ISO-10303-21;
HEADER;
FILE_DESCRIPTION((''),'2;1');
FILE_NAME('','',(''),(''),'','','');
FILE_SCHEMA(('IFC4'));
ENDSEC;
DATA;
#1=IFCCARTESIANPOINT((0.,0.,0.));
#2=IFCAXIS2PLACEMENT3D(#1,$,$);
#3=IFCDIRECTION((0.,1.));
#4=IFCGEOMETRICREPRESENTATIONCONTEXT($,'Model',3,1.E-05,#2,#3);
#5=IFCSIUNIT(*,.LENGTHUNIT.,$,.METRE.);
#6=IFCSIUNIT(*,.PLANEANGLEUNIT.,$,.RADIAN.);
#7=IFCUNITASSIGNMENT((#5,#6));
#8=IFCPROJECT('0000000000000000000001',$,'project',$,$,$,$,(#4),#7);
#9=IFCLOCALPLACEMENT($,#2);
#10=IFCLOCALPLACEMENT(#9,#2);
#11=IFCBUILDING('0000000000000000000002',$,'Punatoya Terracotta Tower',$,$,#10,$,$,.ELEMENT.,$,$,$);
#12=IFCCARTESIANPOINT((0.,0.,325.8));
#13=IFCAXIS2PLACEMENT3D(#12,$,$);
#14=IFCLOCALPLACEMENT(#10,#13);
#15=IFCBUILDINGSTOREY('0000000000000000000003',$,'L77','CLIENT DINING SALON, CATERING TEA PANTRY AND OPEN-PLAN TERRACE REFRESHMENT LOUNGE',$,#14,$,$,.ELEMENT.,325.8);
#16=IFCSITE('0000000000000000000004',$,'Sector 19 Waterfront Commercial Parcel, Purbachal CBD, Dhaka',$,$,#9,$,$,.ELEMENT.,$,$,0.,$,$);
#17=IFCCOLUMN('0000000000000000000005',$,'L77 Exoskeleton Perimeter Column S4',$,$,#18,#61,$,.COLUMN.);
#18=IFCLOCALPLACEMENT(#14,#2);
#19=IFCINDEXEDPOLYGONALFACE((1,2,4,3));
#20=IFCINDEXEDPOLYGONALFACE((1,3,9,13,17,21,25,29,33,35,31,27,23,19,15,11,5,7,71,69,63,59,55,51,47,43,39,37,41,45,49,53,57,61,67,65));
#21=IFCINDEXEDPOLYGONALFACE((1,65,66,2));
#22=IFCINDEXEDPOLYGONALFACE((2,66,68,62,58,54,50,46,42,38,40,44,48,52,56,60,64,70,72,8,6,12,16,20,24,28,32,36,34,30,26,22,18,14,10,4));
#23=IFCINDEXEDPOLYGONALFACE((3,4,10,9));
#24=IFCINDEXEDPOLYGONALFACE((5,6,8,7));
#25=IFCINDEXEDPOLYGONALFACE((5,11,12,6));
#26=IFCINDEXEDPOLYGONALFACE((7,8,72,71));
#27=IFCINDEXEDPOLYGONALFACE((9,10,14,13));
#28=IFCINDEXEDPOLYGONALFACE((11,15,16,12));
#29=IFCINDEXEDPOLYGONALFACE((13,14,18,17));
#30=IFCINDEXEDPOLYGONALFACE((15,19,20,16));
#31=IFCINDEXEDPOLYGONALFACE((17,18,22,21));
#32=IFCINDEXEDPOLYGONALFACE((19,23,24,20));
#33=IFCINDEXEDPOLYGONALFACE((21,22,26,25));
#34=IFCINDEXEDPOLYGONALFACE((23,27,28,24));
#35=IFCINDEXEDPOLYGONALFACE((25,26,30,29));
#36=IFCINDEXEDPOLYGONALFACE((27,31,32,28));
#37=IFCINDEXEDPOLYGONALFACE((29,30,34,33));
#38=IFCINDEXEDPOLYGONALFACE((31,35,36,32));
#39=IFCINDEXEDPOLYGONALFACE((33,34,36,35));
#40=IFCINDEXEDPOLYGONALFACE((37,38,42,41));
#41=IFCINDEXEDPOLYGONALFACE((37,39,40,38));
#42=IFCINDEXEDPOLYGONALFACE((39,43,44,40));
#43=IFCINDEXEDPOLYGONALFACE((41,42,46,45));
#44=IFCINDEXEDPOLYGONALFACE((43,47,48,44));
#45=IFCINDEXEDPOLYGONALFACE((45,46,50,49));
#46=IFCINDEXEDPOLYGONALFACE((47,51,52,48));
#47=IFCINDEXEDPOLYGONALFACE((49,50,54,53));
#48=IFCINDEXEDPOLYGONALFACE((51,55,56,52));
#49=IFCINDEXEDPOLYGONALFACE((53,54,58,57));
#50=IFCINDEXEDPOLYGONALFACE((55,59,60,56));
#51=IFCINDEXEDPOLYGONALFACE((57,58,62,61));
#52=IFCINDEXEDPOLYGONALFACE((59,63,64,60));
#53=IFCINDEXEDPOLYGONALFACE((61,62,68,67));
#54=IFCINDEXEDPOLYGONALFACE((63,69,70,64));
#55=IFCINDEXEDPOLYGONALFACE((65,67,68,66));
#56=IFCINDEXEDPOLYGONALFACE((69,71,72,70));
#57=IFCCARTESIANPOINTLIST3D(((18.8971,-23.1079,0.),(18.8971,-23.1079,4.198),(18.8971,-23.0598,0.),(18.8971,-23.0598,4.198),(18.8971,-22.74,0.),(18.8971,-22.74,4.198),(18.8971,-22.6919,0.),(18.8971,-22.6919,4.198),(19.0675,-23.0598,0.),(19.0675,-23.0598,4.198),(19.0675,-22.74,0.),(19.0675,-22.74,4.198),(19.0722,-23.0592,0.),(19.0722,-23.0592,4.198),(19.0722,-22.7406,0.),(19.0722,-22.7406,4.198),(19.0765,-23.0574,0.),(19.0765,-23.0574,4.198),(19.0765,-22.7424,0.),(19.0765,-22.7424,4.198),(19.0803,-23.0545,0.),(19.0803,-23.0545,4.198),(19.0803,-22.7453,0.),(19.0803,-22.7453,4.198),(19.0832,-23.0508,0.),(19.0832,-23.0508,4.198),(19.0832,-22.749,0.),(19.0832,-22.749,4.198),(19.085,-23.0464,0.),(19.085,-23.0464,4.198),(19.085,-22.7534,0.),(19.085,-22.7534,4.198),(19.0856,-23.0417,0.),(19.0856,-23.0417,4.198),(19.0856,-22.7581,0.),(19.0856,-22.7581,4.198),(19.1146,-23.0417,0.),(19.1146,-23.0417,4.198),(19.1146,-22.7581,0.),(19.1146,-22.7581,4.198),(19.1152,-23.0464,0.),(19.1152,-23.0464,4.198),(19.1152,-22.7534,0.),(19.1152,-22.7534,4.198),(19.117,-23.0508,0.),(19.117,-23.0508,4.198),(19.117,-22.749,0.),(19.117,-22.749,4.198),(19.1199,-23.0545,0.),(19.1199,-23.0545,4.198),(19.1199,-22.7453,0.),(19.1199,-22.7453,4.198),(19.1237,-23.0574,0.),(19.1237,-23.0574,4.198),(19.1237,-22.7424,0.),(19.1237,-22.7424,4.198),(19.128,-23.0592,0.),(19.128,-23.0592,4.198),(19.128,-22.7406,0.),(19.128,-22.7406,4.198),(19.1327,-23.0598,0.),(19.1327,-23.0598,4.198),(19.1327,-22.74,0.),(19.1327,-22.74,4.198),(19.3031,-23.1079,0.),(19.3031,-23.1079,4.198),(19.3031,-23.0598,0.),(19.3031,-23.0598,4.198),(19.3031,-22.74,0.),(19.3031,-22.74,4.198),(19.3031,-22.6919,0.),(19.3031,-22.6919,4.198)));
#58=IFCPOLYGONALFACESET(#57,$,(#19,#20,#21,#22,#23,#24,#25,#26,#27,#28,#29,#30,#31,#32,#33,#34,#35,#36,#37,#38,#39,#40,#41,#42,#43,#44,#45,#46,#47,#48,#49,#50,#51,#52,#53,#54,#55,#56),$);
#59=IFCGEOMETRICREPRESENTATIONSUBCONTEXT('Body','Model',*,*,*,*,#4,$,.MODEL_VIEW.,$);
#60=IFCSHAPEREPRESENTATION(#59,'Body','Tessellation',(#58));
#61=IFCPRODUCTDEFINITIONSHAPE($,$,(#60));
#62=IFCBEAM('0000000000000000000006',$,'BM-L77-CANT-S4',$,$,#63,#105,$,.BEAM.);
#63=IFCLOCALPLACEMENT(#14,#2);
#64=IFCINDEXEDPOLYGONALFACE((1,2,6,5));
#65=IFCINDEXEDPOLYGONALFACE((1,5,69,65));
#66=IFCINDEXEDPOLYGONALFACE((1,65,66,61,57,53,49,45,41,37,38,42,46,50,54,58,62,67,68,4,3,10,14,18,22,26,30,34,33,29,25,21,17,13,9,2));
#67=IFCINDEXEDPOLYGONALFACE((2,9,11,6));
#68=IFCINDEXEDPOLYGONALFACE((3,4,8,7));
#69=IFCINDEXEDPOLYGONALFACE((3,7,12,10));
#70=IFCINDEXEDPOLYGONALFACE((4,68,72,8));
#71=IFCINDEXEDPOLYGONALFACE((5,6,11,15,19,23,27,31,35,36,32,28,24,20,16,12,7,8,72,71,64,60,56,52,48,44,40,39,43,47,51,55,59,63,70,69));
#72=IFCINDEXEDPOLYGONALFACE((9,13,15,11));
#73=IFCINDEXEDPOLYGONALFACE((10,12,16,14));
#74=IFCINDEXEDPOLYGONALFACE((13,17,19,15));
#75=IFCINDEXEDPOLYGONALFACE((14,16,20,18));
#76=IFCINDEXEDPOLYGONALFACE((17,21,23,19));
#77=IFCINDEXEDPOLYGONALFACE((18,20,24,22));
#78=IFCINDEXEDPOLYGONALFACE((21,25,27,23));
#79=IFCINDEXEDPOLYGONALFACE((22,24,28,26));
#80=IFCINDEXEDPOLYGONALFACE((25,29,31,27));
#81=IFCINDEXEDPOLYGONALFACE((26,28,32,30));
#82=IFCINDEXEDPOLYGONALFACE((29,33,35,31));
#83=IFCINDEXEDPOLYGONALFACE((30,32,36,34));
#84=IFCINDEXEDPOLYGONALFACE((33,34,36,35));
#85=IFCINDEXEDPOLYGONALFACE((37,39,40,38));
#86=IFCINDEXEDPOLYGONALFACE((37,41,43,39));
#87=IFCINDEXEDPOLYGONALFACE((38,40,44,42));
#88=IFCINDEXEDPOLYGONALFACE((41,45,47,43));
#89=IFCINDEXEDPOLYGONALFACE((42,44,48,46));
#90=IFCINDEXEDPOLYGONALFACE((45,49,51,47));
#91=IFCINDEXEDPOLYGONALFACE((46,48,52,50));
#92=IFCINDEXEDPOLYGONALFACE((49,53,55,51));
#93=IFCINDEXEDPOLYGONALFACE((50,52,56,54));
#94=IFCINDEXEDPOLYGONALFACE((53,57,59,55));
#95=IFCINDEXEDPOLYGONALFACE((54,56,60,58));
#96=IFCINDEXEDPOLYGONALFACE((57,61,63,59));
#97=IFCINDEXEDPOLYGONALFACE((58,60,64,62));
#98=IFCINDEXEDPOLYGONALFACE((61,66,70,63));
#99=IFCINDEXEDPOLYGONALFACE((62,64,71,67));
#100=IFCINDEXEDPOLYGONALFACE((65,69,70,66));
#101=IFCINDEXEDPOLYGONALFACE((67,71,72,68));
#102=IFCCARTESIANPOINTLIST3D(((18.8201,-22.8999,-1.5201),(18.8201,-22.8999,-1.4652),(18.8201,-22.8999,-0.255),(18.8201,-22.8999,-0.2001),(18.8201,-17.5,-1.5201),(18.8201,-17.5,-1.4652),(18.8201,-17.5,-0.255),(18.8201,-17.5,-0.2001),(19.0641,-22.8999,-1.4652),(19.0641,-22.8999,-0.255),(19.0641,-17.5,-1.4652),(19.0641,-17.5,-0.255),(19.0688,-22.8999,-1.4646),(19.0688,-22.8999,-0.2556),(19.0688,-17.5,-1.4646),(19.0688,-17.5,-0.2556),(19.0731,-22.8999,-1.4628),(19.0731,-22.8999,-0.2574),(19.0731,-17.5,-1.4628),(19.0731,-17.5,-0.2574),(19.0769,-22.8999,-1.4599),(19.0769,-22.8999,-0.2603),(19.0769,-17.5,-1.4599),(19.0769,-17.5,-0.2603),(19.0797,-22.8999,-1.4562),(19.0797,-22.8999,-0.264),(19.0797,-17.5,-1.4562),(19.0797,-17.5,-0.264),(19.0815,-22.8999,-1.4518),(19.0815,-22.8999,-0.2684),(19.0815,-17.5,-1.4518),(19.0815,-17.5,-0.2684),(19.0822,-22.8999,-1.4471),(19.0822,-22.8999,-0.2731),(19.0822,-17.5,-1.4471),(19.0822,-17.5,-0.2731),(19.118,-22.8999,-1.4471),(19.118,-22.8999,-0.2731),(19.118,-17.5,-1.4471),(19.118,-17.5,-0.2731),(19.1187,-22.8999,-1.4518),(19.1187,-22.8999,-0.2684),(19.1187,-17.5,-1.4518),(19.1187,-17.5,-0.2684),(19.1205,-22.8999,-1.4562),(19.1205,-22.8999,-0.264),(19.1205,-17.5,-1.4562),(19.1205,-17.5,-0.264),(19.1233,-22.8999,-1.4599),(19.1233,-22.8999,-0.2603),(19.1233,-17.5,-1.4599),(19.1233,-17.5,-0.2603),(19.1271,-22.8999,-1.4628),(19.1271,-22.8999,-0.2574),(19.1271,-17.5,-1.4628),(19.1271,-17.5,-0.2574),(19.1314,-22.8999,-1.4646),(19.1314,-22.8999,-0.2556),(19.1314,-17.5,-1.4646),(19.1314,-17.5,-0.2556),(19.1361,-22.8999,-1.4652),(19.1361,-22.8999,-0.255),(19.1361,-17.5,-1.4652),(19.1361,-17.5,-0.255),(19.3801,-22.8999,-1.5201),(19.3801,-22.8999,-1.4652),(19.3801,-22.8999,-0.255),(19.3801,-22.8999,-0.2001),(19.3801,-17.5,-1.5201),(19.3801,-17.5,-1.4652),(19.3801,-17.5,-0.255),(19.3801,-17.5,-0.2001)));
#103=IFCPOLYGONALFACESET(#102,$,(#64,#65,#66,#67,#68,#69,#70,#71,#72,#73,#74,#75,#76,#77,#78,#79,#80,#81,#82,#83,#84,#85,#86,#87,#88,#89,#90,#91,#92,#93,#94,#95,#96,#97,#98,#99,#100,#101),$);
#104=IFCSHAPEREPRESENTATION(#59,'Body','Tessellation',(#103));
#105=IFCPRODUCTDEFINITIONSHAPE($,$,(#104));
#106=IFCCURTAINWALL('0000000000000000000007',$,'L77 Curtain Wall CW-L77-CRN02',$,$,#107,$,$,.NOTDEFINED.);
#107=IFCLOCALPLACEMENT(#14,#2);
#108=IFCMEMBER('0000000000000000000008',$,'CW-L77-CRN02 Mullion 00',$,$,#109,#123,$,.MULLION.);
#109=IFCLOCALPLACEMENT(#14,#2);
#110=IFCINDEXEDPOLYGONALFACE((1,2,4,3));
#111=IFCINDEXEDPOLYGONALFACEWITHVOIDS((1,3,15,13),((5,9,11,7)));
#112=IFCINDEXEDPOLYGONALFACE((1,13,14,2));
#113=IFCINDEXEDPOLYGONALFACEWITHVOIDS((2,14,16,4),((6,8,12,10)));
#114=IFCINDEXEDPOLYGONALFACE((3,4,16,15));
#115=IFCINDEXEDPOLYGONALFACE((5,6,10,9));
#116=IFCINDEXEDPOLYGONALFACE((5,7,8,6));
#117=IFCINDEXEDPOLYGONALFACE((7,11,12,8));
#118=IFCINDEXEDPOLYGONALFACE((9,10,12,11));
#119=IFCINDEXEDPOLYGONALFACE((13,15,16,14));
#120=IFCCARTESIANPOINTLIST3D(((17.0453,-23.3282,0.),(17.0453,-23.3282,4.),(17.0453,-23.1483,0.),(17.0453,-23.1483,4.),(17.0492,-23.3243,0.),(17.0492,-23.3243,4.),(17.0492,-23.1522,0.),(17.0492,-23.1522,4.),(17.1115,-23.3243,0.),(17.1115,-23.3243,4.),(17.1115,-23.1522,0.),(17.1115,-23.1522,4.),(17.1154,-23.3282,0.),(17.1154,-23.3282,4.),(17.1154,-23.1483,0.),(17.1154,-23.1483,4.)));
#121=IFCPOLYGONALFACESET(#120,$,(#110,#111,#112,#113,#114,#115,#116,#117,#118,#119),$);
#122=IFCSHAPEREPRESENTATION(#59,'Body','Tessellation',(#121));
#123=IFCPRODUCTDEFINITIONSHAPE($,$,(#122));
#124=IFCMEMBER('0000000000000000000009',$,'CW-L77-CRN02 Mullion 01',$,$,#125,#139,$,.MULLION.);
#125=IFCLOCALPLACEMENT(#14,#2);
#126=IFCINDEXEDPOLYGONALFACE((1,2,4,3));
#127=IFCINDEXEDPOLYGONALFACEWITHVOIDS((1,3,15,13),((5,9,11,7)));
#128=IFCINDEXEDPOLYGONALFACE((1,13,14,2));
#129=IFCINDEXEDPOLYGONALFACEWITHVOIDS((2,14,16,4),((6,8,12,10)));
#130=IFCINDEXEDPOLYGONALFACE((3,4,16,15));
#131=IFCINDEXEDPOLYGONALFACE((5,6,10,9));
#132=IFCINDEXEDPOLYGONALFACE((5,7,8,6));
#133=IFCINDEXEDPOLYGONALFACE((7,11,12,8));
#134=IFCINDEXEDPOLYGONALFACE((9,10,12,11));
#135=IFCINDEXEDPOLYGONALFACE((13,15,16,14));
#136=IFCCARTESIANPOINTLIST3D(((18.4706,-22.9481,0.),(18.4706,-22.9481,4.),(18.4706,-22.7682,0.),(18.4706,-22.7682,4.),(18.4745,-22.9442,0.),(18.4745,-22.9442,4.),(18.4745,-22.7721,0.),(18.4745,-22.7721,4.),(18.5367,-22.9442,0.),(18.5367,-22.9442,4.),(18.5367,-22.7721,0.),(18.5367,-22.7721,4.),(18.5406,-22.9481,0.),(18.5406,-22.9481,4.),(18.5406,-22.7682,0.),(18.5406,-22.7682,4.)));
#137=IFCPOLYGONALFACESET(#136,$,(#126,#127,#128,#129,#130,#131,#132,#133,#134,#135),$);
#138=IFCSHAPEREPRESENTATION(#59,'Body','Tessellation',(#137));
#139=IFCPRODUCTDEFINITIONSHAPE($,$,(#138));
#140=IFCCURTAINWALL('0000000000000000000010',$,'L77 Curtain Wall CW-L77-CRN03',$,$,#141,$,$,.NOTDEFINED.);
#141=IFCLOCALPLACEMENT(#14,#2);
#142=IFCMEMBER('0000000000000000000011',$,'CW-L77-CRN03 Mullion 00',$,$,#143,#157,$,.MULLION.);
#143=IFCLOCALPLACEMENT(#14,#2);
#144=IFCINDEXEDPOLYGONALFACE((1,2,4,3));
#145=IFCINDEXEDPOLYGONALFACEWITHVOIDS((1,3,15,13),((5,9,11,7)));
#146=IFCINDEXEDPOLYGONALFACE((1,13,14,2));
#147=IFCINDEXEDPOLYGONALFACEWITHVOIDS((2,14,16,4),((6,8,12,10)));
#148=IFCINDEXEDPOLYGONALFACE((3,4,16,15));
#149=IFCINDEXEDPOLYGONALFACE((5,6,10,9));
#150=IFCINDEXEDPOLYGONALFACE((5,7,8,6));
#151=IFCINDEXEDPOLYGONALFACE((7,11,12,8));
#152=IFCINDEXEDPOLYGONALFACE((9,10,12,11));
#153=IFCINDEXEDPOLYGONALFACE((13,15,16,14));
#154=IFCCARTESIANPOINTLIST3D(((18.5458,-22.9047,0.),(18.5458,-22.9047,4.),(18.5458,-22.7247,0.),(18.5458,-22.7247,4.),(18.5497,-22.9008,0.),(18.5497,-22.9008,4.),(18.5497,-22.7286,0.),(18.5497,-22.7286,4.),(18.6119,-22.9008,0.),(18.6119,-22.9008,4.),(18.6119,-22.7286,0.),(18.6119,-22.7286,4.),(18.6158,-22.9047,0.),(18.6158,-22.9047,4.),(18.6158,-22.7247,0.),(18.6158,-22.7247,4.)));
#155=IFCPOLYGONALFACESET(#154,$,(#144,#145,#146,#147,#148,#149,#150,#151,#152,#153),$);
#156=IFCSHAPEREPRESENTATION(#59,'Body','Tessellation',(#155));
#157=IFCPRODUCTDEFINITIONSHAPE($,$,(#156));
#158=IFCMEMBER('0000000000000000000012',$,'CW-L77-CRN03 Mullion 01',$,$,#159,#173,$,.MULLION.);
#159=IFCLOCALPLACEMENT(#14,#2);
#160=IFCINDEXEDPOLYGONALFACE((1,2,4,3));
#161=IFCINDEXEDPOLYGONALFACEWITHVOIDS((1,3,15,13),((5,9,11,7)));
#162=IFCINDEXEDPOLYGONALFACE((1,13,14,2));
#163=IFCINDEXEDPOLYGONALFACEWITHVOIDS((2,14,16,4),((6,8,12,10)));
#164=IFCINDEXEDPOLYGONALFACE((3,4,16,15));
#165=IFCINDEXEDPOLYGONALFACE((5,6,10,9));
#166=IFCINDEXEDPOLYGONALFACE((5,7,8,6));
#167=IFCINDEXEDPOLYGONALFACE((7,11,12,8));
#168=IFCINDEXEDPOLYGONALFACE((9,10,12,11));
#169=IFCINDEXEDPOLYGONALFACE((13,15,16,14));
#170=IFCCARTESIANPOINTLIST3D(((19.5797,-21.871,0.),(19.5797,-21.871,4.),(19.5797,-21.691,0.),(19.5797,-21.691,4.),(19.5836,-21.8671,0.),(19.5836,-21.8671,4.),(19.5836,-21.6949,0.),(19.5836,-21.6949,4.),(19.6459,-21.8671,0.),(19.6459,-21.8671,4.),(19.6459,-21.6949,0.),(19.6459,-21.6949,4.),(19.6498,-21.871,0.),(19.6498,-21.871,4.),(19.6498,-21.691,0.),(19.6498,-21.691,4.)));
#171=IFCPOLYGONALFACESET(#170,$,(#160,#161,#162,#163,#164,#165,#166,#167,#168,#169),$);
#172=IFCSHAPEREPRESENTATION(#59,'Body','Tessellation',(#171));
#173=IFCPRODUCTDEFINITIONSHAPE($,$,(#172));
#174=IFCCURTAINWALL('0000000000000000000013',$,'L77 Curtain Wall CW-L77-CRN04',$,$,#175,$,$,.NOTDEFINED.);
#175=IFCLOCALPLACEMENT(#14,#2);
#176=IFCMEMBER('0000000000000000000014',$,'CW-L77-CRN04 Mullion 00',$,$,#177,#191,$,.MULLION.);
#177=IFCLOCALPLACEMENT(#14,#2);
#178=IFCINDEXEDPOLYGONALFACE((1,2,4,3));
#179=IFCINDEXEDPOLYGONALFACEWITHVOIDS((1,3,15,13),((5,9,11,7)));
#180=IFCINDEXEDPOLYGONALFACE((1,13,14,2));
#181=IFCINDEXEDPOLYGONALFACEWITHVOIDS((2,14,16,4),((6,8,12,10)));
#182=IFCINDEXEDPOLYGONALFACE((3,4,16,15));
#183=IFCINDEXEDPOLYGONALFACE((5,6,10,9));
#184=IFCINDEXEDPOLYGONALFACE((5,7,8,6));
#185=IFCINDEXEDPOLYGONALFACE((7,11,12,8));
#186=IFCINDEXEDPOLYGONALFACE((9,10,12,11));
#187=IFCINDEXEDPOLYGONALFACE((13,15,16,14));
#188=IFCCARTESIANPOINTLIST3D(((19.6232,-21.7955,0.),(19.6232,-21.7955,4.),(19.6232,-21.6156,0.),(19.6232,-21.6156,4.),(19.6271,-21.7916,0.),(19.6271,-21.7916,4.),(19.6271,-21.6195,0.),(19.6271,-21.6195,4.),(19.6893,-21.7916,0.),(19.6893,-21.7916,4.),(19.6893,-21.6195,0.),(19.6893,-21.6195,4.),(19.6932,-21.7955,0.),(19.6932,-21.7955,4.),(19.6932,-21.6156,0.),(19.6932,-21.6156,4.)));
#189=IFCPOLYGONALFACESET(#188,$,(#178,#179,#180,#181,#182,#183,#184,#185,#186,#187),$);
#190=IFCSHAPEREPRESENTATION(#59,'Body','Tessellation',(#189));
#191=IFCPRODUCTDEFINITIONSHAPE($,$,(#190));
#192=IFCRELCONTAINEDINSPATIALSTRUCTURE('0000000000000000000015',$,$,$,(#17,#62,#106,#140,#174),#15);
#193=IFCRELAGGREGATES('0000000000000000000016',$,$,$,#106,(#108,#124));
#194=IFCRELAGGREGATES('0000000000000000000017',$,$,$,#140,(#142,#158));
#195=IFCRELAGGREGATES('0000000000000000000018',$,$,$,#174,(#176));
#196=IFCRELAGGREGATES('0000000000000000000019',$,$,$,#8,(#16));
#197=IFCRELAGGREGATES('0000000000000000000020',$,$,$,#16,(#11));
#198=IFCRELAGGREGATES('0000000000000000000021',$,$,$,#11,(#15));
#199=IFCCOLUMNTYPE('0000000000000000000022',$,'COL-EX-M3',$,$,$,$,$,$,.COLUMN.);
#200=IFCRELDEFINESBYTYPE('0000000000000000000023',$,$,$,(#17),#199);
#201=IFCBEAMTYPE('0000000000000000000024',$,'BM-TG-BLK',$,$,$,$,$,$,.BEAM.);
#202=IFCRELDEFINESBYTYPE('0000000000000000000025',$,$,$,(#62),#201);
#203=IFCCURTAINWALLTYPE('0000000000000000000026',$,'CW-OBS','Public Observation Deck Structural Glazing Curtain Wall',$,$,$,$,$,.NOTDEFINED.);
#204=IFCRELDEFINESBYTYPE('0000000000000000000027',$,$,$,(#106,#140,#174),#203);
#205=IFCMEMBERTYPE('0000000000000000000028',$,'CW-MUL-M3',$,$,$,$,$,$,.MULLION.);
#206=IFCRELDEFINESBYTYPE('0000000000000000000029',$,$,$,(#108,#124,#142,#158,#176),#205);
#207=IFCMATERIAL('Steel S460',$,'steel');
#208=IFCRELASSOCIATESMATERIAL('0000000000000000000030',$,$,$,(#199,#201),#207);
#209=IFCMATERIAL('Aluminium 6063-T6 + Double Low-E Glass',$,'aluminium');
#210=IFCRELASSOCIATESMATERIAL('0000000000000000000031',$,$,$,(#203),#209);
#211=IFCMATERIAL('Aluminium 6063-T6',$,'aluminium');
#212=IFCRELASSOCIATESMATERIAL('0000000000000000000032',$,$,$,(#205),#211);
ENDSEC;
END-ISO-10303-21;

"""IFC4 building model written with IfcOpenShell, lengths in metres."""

from ifc_helpers import new_model, si_unit, direction, frame, origin, origin_2d, place, context, subcontext, project, spatial, hollow_rectangle, i_section, extrude, material, material_profile, profile_set, type_object, element, aggregate, save


model = new_model("IFC4")

# Units and contexts
model_context = context("Model", 3, precision=1e-05, world=origin(), true_north=direction((0.0, 1.0)))
body_context = subcontext(model_context, "Body", "Model", "MODEL_VIEW")
ifc_project = project(units=[si_unit("LENGTHUNIT", "METRE"), si_unit("PLANEANGLEUNIT", "RADIAN")], contexts=[model_context])

# Site, building, storey
site_placement = place(None, origin())
site = spatial("IfcSite", under=ifc_project, at=site_placement, Name="Sector 19 Waterfront Commercial Parcel, Purbachal CBD, Dhaka", CompositionType="ELEMENT", RefElevation=0.0)
building_placement = place(site_placement, origin())
building = spatial("IfcBuilding", under=site, at=building_placement, Name="Punatoya Terracotta Tower", CompositionType="ELEMENT")
storey_placement = place(building_placement, frame((0.0, 0.0, 325.8)))
storey = spatial("IfcBuildingStorey", under=building, at=storey_placement, Name="L77", Description="CLIENT DINING SALON, CATERING TEA PANTRY AND OPEN-PLAN TERRACE REFRESHMENT LOUNGE", CompositionType="ELEMENT", Elevation=325.8)

# Column
ifc_material_1 = material(Name="Steel S460", Category="steel")
ifc_material_profile_1 = material_profile(ifc_material_1, i_section(OverallWidth=0.406, OverallDepth=0.416, WebThickness=0.0291, FlangeThickness=0.0481, FilletRadius=0.0181, at=origin_2d()))
ifc_profile_set_1 = profile_set([ifc_material_profile_1], Name="Steel S460")
column_type = type_object("IfcColumnType", Name="COL-EX-M3", PredefinedType="COLUMN", material=ifc_profile_set_1)
column_placement = place(storey_placement, frame((19.1001, -22.8999, 0.0), z_axis=(0.0, 0.0, 1.0), x_axis=(1.0, 0.0, 0.0)))
element("IfcColumn", 1, at=column_placement, inside=storey, type_object=column_type, Name="L77 Exoskeleton Perimeter Column S4", PredefinedType="COLUMN", context=body_context, shape_type="SweptSolid", body=[
    extrude(i_section(OverallWidth=0.406, OverallDepth=0.416, WebThickness=0.0291, FlangeThickness=0.0481, FilletRadius=0.0181, at=origin_2d()), origin(), (0.0, 0.0, 1.0), 4.198),
])

# Beam
ifc_material_profile_2 = material_profile(ifc_material_1, i_section(OverallWidth=0.5601, OverallDepth=1.3201, WebThickness=0.0359, FlangeThickness=0.0549, FilletRadius=0.0181, at=origin_2d()))
ifc_profile_set_2 = profile_set([ifc_material_profile_2], Name="Steel S460")
beam_type = type_object("IfcBeamType", Name="BM-TG-BLK", PredefinedType="BEAM", material=ifc_profile_set_2)
beam_placement = place(storey_placement, frame((19.1001, -22.8999, -0.8601), z_axis=(0.0, 1.0, 0.0), x_axis=(-1.0, 0.0, 0.0)))
element("IfcBeam", 2, at=beam_placement, inside=storey, type_object=beam_type, Name="BM-L77-CANT-S4", PredefinedType="BEAM", context=body_context, shape_type="SweptSolid", body=[
    extrude(i_section(OverallWidth=0.5601, OverallDepth=1.3201, WebThickness=0.0359, FlangeThickness=0.0549, FilletRadius=0.0181, at=origin_2d()), origin(), (0.0, 0.0, 1.0), 5.3999),
])

# Curtain walls, members
ifc_material_2 = material(Name="Aluminium 6063-T6 + Double Low-E Glass", Category="aluminium")
curtain_wall_type = type_object("IfcCurtainWallType", Name="CW-OBS", Description="Public Observation Deck Structural Glazing Curtain Wall", PredefinedType="NOTDEFINED", material=ifc_material_2)
curtain_wall_1_placement = place(storey_placement, origin())
curtain_wall_1 = element("IfcCurtainWall", 3, at=curtain_wall_1_placement, inside=storey, type_object=curtain_wall_type, Name="L77 Curtain Wall CW-L77-CRN02", PredefinedType="NOTDEFINED")
ifc_material_3 = material(Name="Aluminium 6063-T6", Category="aluminium")
ifc_material_profile_3 = material_profile(ifc_material_3, hollow_rectangle(XDim=0.0701, YDim=0.1799, WallThickness=0.0039, at=origin_2d()))
ifc_profile_set_3 = profile_set([ifc_material_profile_3], Name="Aluminium 6063-T6")
member_type_1 = type_object("IfcMemberType", Name="CW-MUL-M3", PredefinedType="MULLION", material=ifc_profile_set_3)
member_1_placement = place(storey_placement, frame((17.0803, -23.2383, 0.0), z_axis=(0.0, 0.0, 1.0), x_axis=(1.0, 0.0, 0.0)))
member_1 = element("IfcMember", 4, at=member_1_placement, type_object=member_type_1, Name="CW-L77-CRN02 Mullion 00", PredefinedType="MULLION", context=body_context, shape_type="SweptSolid", body=[
    extrude(hollow_rectangle(XDim=0.0701, YDim=0.1799, WallThickness=0.0039, at=origin_2d()), origin(), (0.0, 0.0, 1.0), 4.0),
])
member_2_placement = place(storey_placement, frame((18.5056, -22.8582, 0.0), z_axis=(0.0, 0.0, 1.0), x_axis=(1.0, 0.0, 0.0)))
member_2 = element("IfcMember", 5, at=member_2_placement, type_object=member_type_1, Name="CW-L77-CRN02 Mullion 01", PredefinedType="MULLION", context=body_context, shape_type="SweptSolid", body=[
    extrude(hollow_rectangle(XDim=0.0701, YDim=0.1799, WallThickness=0.0039, at=origin_2d()), origin(), (0.0, 0.0, 1.0), 4.0),
])
curtain_wall_2_placement = place(storey_placement, origin())
curtain_wall_2 = element("IfcCurtainWall", 6, at=curtain_wall_2_placement, inside=storey, type_object=curtain_wall_type, Name="L77 Curtain Wall CW-L77-CRN03", PredefinedType="NOTDEFINED")
member_3_placement = place(storey_placement, frame((18.5808, -22.8147, 0.0), z_axis=(0.0, 0.0, 1.0), x_axis=(1.0, 0.0, 0.0)))
member_3 = element("IfcMember", 7, at=member_3_placement, type_object=member_type_1, Name="CW-L77-CRN03 Mullion 00", PredefinedType="MULLION", context=body_context, shape_type="SweptSolid", body=[
    extrude(hollow_rectangle(XDim=0.0701, YDim=0.1799, WallThickness=0.0039, at=origin_2d()), origin(), (0.0, 0.0, 1.0), 4.0),
])
member_4_placement = place(storey_placement, frame((19.6147, -21.781, 0.0), z_axis=(0.0, 0.0, 1.0), x_axis=(1.0, 0.0, 0.0)))
member_4 = element("IfcMember", 8, at=member_4_placement, type_object=member_type_1, Name="CW-L77-CRN03 Mullion 01", PredefinedType="MULLION", context=body_context, shape_type="SweptSolid", body=[
    extrude(hollow_rectangle(XDim=0.0701, YDim=0.1799, WallThickness=0.0039, at=origin_2d()), origin(), (0.0, 0.0, 1.0), 4.0),
])
curtain_wall_3_placement = place(storey_placement, origin())
curtain_wall_3 = element("IfcCurtainWall", 9, at=curtain_wall_3_placement, inside=storey, type_object=curtain_wall_type, Name="L77 Curtain Wall CW-L77-CRN04", PredefinedType="NOTDEFINED")
member_5_placement = place(storey_placement, frame((19.6582, -21.7056, 0.0), z_axis=(0.0, 0.0, 1.0), x_axis=(1.0, 0.0, 0.0)))
member_5 = element("IfcMember", 10, at=member_5_placement, type_object=member_type_1, Name="CW-L77-CRN04 Mullion 00", PredefinedType="MULLION", context=body_context, shape_type="SweptSolid", body=[
    extrude(hollow_rectangle(XDim=0.0701, YDim=0.1799, WallThickness=0.0039, at=origin_2d()), origin(), (0.0, 0.0, 1.0), 4.0),
])

aggregate(curtain_wall_1, [member_1, member_2])
aggregate(curtain_wall_2, [member_3, member_4])
aggregate(curtain_wall_3, [member_5])

save(model, "model.ifc")
